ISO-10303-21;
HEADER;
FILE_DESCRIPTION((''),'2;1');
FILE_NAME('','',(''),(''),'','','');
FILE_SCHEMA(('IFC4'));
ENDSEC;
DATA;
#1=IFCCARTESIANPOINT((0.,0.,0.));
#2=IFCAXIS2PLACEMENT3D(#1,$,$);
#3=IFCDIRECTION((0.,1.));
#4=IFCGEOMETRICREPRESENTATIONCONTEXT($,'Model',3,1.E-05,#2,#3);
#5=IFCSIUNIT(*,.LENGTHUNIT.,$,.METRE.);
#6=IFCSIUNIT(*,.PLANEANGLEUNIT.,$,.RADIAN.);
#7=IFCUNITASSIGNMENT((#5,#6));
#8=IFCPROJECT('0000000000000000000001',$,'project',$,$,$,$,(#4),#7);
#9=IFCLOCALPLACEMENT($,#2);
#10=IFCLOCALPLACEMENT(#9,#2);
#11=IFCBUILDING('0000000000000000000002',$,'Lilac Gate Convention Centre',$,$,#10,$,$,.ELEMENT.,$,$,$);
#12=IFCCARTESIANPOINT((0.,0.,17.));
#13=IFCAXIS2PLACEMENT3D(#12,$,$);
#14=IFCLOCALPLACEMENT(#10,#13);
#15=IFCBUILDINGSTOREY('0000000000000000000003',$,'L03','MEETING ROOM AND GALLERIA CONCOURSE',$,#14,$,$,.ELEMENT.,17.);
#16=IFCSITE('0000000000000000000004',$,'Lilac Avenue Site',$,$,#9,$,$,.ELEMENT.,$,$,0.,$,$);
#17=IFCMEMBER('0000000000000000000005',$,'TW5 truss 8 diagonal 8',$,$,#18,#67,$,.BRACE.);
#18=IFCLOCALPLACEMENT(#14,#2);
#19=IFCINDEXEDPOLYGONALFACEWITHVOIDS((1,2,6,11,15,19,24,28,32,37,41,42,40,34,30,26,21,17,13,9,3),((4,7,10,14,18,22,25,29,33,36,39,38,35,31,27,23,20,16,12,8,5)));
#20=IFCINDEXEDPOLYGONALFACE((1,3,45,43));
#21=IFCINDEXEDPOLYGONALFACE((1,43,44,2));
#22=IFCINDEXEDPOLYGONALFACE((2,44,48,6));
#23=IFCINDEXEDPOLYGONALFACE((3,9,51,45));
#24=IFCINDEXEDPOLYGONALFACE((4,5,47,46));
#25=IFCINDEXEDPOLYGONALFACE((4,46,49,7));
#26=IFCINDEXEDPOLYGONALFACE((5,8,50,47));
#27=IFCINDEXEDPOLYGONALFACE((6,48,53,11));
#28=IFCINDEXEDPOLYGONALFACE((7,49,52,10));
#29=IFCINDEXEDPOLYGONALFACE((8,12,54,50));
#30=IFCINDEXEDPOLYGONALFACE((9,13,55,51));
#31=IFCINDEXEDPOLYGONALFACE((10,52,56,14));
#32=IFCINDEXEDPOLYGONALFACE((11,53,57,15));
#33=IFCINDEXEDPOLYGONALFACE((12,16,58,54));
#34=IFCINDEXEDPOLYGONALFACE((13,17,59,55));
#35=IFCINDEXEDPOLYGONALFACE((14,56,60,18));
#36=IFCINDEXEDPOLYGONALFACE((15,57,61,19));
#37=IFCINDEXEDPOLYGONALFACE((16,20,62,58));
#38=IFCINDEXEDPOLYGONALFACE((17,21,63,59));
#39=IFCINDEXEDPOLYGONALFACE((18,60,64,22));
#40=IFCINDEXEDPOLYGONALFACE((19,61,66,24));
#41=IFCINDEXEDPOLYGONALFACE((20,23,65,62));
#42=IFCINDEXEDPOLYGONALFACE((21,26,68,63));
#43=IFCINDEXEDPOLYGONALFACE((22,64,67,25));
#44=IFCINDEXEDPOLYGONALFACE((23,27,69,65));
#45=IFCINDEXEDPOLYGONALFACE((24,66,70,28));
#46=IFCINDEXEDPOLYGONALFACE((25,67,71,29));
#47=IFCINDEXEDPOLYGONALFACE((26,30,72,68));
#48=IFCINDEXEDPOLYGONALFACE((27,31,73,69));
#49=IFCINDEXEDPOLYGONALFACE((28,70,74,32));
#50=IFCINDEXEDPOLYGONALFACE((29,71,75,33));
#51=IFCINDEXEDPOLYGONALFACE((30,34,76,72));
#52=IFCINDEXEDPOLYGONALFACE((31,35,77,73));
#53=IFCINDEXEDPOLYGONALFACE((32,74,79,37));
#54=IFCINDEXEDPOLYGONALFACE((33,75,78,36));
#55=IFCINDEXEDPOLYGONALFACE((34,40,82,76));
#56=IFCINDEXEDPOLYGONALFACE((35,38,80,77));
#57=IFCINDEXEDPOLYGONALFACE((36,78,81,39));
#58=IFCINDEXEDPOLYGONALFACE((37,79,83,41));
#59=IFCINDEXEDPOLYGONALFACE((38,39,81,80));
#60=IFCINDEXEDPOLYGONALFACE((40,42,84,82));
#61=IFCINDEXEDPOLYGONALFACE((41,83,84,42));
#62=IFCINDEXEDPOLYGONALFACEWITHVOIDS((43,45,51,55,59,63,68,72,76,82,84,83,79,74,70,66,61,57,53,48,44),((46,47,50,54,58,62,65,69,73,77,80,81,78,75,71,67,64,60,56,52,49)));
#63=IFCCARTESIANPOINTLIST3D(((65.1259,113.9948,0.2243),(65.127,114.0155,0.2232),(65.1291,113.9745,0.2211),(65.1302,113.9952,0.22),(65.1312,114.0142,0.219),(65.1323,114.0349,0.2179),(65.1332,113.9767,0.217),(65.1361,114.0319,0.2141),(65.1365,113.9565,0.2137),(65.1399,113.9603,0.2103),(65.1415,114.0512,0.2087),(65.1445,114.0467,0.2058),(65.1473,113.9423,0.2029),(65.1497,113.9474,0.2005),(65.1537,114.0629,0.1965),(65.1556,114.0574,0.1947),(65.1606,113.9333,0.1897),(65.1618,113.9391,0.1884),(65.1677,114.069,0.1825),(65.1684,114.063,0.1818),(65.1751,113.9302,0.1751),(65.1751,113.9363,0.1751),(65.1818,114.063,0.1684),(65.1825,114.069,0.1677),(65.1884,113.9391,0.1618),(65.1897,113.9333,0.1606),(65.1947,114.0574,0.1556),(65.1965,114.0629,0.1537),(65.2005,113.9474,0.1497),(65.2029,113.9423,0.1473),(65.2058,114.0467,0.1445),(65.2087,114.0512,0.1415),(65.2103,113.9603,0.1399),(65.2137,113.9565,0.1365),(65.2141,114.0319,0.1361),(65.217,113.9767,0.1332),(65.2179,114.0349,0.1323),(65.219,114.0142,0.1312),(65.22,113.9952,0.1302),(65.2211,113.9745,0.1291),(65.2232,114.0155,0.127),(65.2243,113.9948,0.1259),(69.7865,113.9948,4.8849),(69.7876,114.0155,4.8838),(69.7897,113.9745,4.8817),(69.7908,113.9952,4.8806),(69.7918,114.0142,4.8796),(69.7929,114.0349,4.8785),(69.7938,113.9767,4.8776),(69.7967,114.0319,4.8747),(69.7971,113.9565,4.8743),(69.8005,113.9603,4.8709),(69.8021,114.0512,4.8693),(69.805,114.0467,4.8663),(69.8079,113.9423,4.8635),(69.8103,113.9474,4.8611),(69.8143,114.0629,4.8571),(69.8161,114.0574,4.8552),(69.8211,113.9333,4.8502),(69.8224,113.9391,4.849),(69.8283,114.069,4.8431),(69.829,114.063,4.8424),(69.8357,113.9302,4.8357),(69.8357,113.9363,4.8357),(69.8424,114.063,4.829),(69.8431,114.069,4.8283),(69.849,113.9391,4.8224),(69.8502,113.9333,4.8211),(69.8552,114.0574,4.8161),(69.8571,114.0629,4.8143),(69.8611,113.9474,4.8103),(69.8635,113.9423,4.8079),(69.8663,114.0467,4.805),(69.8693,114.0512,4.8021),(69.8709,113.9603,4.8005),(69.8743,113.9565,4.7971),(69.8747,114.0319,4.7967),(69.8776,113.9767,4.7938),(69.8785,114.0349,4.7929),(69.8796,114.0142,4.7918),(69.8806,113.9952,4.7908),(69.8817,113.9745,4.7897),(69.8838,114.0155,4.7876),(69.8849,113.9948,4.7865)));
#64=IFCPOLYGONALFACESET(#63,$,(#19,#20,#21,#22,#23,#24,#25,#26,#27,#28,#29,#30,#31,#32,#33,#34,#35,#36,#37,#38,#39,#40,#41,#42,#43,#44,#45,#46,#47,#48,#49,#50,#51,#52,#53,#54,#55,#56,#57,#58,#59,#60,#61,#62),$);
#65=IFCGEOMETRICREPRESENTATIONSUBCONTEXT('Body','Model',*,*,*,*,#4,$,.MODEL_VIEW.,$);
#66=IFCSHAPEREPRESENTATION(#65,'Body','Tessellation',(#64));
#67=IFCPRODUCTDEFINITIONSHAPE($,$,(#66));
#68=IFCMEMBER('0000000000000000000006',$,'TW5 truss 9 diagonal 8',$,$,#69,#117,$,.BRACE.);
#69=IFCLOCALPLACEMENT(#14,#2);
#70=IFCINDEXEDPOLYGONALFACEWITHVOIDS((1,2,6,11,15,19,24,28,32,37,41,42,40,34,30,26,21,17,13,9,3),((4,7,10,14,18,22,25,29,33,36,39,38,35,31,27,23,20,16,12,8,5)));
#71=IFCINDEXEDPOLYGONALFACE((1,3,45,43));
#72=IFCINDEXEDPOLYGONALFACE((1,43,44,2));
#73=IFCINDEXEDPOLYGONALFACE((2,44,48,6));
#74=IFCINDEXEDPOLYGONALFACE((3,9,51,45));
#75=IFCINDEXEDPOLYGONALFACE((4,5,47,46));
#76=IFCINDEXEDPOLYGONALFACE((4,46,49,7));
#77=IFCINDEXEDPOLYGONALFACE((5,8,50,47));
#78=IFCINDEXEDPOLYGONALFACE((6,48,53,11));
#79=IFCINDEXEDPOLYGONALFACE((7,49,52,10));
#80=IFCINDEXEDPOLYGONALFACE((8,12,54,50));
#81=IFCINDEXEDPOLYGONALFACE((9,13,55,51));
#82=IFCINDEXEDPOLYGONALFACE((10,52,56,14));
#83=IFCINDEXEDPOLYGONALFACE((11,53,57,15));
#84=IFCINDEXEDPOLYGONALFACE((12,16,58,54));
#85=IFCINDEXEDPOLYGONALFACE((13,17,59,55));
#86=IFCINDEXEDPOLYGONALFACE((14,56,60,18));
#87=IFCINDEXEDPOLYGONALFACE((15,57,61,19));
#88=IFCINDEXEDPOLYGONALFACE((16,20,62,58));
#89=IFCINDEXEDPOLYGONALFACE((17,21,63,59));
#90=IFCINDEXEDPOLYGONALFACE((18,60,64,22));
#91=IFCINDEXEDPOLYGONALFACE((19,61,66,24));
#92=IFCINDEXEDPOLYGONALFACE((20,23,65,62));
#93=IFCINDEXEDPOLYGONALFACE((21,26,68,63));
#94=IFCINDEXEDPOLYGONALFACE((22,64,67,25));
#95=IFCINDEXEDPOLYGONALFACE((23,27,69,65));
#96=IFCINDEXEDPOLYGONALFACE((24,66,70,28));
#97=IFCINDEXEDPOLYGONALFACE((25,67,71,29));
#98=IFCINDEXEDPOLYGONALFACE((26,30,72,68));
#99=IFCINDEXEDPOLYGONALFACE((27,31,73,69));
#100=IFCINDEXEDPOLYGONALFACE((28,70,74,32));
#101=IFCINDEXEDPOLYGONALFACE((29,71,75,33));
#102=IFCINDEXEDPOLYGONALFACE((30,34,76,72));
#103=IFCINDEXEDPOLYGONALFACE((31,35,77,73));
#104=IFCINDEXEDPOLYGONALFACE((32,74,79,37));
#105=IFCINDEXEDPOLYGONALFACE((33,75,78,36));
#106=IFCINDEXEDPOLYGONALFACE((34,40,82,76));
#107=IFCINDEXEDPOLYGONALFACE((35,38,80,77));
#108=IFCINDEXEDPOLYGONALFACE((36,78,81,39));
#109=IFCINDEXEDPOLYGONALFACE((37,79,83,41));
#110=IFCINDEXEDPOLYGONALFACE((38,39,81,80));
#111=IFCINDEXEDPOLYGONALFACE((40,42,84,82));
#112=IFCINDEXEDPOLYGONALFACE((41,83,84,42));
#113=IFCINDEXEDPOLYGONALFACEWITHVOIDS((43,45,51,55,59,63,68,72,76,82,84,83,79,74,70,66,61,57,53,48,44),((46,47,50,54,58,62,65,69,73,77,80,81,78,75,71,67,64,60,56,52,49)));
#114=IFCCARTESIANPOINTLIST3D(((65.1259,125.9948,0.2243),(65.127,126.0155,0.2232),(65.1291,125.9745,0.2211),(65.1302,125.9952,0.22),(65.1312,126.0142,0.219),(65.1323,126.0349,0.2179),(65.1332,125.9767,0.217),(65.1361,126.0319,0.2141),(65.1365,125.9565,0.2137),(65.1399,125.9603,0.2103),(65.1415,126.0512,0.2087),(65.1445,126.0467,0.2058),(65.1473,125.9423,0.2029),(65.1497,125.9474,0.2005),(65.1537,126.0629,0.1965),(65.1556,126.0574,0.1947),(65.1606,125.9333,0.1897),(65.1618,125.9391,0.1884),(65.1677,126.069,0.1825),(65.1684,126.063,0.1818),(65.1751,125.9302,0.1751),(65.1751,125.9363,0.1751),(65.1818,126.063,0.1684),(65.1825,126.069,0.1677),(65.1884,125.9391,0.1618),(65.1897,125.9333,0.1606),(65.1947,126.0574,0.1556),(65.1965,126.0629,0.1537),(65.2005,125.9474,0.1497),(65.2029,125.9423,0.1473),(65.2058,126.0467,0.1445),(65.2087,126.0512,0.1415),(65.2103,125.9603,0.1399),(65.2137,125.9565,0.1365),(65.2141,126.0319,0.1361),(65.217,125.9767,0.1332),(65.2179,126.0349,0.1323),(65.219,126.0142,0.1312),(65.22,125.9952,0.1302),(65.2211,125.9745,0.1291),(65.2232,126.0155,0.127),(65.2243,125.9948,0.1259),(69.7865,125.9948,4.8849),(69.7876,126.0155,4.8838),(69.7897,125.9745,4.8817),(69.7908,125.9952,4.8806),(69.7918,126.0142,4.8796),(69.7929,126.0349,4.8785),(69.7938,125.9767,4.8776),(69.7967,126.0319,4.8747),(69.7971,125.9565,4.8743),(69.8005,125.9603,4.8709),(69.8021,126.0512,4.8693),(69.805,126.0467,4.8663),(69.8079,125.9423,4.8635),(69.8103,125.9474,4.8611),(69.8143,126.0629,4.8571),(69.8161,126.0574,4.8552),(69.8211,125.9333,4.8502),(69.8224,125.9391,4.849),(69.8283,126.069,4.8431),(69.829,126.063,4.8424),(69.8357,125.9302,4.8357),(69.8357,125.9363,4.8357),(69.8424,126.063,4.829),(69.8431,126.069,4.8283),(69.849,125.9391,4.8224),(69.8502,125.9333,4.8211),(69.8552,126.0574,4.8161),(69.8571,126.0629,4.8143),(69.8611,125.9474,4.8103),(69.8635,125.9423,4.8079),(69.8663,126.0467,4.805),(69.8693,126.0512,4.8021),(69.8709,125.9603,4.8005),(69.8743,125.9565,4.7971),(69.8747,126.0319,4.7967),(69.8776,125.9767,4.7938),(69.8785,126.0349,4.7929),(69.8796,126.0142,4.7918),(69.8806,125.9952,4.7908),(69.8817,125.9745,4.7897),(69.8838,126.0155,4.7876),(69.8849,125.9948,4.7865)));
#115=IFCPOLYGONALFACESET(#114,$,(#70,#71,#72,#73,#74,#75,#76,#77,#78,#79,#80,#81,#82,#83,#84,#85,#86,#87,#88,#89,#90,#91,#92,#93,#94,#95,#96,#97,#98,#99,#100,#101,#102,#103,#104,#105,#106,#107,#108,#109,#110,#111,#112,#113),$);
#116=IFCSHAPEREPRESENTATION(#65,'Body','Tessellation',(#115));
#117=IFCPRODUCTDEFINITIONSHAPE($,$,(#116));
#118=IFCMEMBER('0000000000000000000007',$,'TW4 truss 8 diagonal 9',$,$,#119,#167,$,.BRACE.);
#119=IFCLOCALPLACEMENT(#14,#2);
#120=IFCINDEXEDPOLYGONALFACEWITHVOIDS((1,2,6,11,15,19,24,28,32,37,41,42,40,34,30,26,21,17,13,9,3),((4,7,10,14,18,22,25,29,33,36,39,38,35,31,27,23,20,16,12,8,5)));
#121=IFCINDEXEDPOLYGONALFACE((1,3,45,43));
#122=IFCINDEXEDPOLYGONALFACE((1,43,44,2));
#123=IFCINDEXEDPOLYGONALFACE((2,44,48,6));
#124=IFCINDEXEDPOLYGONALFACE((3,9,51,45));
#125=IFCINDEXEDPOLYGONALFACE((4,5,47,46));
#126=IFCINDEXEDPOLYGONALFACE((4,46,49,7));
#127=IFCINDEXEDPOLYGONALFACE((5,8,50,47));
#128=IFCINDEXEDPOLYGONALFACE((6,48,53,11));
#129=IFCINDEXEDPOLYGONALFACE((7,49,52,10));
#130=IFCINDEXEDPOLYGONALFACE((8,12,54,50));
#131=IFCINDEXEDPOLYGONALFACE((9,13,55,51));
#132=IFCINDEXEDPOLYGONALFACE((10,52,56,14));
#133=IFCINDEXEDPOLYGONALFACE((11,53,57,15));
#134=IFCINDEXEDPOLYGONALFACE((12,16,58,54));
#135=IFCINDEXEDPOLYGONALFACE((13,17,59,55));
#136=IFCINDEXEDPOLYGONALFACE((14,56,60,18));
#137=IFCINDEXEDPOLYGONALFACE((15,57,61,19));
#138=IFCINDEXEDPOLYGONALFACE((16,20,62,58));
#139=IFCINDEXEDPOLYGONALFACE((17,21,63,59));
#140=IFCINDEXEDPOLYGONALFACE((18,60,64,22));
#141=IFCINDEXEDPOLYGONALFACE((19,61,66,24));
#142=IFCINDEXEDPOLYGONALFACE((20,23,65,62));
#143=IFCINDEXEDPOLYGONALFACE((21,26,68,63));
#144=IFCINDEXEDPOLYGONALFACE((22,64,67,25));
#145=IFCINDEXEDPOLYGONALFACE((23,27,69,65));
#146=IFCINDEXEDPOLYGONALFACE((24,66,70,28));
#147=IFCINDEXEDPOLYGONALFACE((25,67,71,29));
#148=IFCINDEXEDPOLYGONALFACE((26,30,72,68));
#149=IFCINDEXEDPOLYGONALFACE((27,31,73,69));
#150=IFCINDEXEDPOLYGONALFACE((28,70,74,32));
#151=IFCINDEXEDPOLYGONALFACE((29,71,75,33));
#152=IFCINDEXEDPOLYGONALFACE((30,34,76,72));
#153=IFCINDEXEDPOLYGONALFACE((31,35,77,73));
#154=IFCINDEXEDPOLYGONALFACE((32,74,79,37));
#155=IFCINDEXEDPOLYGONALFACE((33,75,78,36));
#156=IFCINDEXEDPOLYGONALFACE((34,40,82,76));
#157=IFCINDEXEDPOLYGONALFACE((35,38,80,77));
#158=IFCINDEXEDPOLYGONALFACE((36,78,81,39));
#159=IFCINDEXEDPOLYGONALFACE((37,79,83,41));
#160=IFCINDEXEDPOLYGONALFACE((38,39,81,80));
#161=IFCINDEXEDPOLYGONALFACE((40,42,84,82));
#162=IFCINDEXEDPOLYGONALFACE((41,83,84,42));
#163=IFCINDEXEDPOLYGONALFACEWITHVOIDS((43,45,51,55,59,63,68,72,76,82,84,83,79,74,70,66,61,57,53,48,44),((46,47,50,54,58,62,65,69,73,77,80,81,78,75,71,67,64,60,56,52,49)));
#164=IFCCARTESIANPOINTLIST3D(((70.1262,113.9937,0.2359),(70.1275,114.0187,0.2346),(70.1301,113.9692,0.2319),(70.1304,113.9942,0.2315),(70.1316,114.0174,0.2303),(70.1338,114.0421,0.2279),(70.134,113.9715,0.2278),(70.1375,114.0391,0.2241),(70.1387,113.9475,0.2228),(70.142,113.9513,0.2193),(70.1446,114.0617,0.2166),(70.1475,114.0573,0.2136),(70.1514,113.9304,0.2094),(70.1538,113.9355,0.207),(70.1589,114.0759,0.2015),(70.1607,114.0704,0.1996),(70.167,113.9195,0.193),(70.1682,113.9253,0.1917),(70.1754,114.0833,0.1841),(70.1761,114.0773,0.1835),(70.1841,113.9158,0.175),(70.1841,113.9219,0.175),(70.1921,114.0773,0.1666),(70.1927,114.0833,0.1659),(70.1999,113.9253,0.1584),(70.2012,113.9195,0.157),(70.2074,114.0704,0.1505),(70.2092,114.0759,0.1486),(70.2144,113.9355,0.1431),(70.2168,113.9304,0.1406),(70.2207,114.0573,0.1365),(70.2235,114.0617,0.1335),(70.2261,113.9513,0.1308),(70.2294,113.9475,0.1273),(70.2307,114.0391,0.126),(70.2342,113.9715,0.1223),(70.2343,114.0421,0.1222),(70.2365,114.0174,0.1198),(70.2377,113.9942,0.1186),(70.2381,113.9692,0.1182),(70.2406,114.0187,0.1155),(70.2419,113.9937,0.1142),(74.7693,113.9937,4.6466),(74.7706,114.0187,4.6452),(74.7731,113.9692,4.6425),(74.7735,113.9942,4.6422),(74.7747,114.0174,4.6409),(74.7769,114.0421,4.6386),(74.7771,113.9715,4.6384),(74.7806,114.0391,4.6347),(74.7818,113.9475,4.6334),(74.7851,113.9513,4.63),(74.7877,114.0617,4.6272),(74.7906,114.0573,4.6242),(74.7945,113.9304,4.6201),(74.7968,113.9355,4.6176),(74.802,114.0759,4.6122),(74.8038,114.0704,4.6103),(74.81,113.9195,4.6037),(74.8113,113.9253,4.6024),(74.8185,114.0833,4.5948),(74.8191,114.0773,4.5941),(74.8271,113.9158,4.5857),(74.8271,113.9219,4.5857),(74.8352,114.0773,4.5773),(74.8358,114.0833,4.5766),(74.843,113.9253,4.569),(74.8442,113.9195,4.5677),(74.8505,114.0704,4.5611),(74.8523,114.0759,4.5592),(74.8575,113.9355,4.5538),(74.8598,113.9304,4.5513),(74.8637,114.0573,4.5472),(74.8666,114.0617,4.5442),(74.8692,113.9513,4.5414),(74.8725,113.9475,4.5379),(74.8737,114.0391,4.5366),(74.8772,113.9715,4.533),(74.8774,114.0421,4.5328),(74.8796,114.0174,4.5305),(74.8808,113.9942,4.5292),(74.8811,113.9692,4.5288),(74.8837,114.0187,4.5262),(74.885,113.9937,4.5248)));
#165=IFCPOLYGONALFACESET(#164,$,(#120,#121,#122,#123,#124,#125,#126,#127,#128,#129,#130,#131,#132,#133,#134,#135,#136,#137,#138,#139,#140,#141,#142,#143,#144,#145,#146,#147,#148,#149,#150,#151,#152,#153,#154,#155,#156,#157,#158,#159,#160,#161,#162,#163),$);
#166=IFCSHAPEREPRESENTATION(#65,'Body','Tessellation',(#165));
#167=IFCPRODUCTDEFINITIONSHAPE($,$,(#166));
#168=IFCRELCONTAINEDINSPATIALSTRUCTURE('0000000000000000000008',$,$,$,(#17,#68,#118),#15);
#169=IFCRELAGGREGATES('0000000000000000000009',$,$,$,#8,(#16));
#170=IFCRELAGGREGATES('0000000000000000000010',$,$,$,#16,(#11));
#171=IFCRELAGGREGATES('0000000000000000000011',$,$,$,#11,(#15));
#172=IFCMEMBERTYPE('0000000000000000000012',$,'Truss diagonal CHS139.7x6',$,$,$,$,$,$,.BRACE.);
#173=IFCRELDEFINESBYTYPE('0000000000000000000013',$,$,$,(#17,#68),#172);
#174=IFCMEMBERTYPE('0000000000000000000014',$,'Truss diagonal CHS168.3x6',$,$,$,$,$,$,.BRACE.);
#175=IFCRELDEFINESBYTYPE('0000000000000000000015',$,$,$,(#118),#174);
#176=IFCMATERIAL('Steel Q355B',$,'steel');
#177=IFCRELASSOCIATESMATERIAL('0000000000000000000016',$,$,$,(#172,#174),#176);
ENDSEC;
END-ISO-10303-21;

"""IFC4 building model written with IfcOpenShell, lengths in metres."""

from ifc_helpers import new_model, si_unit, direction, frame, origin, origin_2d, place, context, subcontext, project, spatial, hollow_circle, extrude, material, material_profile, profile_set, type_object, element, save


model = new_model("IFC4")

# Units and contexts
model_context = context("Model", 3, precision=1e-05, world=origin(), true_north=direction((0.0, 1.0)))
body_context = subcontext(model_context, "Body", "Model", "MODEL_VIEW")
ifc_project = project(units=[si_unit("LENGTHUNIT", "METRE"), si_unit("PLANEANGLEUNIT", "RADIAN")], contexts=[model_context])

# Site, building, storey
site_placement = place(None, origin())
site = spatial("IfcSite", under=ifc_project, at=site_placement, Name="Lilac Avenue Site", CompositionType="ELEMENT", RefElevation=0.0)
building_placement = place(site_placement, origin())
building = spatial("IfcBuilding", under=site, at=building_placement, Name="Lilac Gate Convention Centre", CompositionType="ELEMENT")
storey_placement = place(building_placement, frame((0.0, 0.0, 17.0)))
storey = spatial("IfcBuildingStorey", under=building, at=storey_placement, Name="L03", Description="MEETING ROOM AND GALLERIA CONCOURSE", CompositionType="ELEMENT", Elevation=17.0)

# Members
ifc_material = material(Name="Steel Q355B", Category="steel")
ifc_material_profile_1 = material_profile(ifc_material, hollow_circle(Radius=0.0698, WallThickness=0.0061, at=origin_2d()), Name="CHS139.7x6")
ifc_profile_set_1 = profile_set([ifc_material_profile_1], Name="Steel Q355B")
member_type_1 = type_object("IfcMemberType", Name="Truss diagonal CHS139.7x6", PredefinedType="BRACE", material=ifc_profile_set_1)
for number, where, z_axis, x_axis, name in (
    (1, (69.8357, 114.0, 4.8357), (-0.707107, 0.0, -0.707107), (0.0, -1.0, 0.0), "TW5 truss 8 diagonal 8"),
    (2, (69.8357, 126.0, 4.8357), (-0.707107, 0.0, -0.707107), (0.0, -1.0, 0.0), "TW5 truss 9 diagonal 8"),
):
    element("IfcMember", number, at=place(storey_placement, frame(where, z_axis=z_axis, x_axis=x_axis)), inside=storey, type_object=member_type_1, Name=name, PredefinedType="BRACE", context=body_context, shape_type="SweptSolid", body=[
        extrude(hollow_circle(Radius=0.0698, WallThickness=0.0061, at=origin_2d()), origin(), (0.0, 0.0, 1.0), 6.5911),
    ])
ifc_material_profile_2 = material_profile(ifc_material, hollow_circle(Radius=0.0842, WallThickness=0.0061, at=origin_2d()), Name="CHS168.3x6")
ifc_profile_set_2 = profile_set([ifc_material_profile_2], Name="Steel Q355B")
member_type_2 = type_object("IfcMemberType", Name="Truss diagonal CHS168.3x6", PredefinedType="BRACE", material=ifc_profile_set_2)
member_1_placement = place(storey_placement, frame((74.8271, 114.0, 4.5857), z_axis=(-0.72502, 0.0, -0.688727), x_axis=(0.0, -1.0, 0.0)))
element("IfcMember", 3, at=member_1_placement, inside=storey, type_object=member_type_2, Name="TW4 truss 8 diagonal 9", PredefinedType="BRACE", context=body_context, shape_type="SweptSolid", body=[
    extrude(hollow_circle(Radius=0.0842, WallThickness=0.0061, at=origin_2d()), origin(), (0.0, 0.0, 1.0), 6.4041),
])

save(model, "model.ifc")
